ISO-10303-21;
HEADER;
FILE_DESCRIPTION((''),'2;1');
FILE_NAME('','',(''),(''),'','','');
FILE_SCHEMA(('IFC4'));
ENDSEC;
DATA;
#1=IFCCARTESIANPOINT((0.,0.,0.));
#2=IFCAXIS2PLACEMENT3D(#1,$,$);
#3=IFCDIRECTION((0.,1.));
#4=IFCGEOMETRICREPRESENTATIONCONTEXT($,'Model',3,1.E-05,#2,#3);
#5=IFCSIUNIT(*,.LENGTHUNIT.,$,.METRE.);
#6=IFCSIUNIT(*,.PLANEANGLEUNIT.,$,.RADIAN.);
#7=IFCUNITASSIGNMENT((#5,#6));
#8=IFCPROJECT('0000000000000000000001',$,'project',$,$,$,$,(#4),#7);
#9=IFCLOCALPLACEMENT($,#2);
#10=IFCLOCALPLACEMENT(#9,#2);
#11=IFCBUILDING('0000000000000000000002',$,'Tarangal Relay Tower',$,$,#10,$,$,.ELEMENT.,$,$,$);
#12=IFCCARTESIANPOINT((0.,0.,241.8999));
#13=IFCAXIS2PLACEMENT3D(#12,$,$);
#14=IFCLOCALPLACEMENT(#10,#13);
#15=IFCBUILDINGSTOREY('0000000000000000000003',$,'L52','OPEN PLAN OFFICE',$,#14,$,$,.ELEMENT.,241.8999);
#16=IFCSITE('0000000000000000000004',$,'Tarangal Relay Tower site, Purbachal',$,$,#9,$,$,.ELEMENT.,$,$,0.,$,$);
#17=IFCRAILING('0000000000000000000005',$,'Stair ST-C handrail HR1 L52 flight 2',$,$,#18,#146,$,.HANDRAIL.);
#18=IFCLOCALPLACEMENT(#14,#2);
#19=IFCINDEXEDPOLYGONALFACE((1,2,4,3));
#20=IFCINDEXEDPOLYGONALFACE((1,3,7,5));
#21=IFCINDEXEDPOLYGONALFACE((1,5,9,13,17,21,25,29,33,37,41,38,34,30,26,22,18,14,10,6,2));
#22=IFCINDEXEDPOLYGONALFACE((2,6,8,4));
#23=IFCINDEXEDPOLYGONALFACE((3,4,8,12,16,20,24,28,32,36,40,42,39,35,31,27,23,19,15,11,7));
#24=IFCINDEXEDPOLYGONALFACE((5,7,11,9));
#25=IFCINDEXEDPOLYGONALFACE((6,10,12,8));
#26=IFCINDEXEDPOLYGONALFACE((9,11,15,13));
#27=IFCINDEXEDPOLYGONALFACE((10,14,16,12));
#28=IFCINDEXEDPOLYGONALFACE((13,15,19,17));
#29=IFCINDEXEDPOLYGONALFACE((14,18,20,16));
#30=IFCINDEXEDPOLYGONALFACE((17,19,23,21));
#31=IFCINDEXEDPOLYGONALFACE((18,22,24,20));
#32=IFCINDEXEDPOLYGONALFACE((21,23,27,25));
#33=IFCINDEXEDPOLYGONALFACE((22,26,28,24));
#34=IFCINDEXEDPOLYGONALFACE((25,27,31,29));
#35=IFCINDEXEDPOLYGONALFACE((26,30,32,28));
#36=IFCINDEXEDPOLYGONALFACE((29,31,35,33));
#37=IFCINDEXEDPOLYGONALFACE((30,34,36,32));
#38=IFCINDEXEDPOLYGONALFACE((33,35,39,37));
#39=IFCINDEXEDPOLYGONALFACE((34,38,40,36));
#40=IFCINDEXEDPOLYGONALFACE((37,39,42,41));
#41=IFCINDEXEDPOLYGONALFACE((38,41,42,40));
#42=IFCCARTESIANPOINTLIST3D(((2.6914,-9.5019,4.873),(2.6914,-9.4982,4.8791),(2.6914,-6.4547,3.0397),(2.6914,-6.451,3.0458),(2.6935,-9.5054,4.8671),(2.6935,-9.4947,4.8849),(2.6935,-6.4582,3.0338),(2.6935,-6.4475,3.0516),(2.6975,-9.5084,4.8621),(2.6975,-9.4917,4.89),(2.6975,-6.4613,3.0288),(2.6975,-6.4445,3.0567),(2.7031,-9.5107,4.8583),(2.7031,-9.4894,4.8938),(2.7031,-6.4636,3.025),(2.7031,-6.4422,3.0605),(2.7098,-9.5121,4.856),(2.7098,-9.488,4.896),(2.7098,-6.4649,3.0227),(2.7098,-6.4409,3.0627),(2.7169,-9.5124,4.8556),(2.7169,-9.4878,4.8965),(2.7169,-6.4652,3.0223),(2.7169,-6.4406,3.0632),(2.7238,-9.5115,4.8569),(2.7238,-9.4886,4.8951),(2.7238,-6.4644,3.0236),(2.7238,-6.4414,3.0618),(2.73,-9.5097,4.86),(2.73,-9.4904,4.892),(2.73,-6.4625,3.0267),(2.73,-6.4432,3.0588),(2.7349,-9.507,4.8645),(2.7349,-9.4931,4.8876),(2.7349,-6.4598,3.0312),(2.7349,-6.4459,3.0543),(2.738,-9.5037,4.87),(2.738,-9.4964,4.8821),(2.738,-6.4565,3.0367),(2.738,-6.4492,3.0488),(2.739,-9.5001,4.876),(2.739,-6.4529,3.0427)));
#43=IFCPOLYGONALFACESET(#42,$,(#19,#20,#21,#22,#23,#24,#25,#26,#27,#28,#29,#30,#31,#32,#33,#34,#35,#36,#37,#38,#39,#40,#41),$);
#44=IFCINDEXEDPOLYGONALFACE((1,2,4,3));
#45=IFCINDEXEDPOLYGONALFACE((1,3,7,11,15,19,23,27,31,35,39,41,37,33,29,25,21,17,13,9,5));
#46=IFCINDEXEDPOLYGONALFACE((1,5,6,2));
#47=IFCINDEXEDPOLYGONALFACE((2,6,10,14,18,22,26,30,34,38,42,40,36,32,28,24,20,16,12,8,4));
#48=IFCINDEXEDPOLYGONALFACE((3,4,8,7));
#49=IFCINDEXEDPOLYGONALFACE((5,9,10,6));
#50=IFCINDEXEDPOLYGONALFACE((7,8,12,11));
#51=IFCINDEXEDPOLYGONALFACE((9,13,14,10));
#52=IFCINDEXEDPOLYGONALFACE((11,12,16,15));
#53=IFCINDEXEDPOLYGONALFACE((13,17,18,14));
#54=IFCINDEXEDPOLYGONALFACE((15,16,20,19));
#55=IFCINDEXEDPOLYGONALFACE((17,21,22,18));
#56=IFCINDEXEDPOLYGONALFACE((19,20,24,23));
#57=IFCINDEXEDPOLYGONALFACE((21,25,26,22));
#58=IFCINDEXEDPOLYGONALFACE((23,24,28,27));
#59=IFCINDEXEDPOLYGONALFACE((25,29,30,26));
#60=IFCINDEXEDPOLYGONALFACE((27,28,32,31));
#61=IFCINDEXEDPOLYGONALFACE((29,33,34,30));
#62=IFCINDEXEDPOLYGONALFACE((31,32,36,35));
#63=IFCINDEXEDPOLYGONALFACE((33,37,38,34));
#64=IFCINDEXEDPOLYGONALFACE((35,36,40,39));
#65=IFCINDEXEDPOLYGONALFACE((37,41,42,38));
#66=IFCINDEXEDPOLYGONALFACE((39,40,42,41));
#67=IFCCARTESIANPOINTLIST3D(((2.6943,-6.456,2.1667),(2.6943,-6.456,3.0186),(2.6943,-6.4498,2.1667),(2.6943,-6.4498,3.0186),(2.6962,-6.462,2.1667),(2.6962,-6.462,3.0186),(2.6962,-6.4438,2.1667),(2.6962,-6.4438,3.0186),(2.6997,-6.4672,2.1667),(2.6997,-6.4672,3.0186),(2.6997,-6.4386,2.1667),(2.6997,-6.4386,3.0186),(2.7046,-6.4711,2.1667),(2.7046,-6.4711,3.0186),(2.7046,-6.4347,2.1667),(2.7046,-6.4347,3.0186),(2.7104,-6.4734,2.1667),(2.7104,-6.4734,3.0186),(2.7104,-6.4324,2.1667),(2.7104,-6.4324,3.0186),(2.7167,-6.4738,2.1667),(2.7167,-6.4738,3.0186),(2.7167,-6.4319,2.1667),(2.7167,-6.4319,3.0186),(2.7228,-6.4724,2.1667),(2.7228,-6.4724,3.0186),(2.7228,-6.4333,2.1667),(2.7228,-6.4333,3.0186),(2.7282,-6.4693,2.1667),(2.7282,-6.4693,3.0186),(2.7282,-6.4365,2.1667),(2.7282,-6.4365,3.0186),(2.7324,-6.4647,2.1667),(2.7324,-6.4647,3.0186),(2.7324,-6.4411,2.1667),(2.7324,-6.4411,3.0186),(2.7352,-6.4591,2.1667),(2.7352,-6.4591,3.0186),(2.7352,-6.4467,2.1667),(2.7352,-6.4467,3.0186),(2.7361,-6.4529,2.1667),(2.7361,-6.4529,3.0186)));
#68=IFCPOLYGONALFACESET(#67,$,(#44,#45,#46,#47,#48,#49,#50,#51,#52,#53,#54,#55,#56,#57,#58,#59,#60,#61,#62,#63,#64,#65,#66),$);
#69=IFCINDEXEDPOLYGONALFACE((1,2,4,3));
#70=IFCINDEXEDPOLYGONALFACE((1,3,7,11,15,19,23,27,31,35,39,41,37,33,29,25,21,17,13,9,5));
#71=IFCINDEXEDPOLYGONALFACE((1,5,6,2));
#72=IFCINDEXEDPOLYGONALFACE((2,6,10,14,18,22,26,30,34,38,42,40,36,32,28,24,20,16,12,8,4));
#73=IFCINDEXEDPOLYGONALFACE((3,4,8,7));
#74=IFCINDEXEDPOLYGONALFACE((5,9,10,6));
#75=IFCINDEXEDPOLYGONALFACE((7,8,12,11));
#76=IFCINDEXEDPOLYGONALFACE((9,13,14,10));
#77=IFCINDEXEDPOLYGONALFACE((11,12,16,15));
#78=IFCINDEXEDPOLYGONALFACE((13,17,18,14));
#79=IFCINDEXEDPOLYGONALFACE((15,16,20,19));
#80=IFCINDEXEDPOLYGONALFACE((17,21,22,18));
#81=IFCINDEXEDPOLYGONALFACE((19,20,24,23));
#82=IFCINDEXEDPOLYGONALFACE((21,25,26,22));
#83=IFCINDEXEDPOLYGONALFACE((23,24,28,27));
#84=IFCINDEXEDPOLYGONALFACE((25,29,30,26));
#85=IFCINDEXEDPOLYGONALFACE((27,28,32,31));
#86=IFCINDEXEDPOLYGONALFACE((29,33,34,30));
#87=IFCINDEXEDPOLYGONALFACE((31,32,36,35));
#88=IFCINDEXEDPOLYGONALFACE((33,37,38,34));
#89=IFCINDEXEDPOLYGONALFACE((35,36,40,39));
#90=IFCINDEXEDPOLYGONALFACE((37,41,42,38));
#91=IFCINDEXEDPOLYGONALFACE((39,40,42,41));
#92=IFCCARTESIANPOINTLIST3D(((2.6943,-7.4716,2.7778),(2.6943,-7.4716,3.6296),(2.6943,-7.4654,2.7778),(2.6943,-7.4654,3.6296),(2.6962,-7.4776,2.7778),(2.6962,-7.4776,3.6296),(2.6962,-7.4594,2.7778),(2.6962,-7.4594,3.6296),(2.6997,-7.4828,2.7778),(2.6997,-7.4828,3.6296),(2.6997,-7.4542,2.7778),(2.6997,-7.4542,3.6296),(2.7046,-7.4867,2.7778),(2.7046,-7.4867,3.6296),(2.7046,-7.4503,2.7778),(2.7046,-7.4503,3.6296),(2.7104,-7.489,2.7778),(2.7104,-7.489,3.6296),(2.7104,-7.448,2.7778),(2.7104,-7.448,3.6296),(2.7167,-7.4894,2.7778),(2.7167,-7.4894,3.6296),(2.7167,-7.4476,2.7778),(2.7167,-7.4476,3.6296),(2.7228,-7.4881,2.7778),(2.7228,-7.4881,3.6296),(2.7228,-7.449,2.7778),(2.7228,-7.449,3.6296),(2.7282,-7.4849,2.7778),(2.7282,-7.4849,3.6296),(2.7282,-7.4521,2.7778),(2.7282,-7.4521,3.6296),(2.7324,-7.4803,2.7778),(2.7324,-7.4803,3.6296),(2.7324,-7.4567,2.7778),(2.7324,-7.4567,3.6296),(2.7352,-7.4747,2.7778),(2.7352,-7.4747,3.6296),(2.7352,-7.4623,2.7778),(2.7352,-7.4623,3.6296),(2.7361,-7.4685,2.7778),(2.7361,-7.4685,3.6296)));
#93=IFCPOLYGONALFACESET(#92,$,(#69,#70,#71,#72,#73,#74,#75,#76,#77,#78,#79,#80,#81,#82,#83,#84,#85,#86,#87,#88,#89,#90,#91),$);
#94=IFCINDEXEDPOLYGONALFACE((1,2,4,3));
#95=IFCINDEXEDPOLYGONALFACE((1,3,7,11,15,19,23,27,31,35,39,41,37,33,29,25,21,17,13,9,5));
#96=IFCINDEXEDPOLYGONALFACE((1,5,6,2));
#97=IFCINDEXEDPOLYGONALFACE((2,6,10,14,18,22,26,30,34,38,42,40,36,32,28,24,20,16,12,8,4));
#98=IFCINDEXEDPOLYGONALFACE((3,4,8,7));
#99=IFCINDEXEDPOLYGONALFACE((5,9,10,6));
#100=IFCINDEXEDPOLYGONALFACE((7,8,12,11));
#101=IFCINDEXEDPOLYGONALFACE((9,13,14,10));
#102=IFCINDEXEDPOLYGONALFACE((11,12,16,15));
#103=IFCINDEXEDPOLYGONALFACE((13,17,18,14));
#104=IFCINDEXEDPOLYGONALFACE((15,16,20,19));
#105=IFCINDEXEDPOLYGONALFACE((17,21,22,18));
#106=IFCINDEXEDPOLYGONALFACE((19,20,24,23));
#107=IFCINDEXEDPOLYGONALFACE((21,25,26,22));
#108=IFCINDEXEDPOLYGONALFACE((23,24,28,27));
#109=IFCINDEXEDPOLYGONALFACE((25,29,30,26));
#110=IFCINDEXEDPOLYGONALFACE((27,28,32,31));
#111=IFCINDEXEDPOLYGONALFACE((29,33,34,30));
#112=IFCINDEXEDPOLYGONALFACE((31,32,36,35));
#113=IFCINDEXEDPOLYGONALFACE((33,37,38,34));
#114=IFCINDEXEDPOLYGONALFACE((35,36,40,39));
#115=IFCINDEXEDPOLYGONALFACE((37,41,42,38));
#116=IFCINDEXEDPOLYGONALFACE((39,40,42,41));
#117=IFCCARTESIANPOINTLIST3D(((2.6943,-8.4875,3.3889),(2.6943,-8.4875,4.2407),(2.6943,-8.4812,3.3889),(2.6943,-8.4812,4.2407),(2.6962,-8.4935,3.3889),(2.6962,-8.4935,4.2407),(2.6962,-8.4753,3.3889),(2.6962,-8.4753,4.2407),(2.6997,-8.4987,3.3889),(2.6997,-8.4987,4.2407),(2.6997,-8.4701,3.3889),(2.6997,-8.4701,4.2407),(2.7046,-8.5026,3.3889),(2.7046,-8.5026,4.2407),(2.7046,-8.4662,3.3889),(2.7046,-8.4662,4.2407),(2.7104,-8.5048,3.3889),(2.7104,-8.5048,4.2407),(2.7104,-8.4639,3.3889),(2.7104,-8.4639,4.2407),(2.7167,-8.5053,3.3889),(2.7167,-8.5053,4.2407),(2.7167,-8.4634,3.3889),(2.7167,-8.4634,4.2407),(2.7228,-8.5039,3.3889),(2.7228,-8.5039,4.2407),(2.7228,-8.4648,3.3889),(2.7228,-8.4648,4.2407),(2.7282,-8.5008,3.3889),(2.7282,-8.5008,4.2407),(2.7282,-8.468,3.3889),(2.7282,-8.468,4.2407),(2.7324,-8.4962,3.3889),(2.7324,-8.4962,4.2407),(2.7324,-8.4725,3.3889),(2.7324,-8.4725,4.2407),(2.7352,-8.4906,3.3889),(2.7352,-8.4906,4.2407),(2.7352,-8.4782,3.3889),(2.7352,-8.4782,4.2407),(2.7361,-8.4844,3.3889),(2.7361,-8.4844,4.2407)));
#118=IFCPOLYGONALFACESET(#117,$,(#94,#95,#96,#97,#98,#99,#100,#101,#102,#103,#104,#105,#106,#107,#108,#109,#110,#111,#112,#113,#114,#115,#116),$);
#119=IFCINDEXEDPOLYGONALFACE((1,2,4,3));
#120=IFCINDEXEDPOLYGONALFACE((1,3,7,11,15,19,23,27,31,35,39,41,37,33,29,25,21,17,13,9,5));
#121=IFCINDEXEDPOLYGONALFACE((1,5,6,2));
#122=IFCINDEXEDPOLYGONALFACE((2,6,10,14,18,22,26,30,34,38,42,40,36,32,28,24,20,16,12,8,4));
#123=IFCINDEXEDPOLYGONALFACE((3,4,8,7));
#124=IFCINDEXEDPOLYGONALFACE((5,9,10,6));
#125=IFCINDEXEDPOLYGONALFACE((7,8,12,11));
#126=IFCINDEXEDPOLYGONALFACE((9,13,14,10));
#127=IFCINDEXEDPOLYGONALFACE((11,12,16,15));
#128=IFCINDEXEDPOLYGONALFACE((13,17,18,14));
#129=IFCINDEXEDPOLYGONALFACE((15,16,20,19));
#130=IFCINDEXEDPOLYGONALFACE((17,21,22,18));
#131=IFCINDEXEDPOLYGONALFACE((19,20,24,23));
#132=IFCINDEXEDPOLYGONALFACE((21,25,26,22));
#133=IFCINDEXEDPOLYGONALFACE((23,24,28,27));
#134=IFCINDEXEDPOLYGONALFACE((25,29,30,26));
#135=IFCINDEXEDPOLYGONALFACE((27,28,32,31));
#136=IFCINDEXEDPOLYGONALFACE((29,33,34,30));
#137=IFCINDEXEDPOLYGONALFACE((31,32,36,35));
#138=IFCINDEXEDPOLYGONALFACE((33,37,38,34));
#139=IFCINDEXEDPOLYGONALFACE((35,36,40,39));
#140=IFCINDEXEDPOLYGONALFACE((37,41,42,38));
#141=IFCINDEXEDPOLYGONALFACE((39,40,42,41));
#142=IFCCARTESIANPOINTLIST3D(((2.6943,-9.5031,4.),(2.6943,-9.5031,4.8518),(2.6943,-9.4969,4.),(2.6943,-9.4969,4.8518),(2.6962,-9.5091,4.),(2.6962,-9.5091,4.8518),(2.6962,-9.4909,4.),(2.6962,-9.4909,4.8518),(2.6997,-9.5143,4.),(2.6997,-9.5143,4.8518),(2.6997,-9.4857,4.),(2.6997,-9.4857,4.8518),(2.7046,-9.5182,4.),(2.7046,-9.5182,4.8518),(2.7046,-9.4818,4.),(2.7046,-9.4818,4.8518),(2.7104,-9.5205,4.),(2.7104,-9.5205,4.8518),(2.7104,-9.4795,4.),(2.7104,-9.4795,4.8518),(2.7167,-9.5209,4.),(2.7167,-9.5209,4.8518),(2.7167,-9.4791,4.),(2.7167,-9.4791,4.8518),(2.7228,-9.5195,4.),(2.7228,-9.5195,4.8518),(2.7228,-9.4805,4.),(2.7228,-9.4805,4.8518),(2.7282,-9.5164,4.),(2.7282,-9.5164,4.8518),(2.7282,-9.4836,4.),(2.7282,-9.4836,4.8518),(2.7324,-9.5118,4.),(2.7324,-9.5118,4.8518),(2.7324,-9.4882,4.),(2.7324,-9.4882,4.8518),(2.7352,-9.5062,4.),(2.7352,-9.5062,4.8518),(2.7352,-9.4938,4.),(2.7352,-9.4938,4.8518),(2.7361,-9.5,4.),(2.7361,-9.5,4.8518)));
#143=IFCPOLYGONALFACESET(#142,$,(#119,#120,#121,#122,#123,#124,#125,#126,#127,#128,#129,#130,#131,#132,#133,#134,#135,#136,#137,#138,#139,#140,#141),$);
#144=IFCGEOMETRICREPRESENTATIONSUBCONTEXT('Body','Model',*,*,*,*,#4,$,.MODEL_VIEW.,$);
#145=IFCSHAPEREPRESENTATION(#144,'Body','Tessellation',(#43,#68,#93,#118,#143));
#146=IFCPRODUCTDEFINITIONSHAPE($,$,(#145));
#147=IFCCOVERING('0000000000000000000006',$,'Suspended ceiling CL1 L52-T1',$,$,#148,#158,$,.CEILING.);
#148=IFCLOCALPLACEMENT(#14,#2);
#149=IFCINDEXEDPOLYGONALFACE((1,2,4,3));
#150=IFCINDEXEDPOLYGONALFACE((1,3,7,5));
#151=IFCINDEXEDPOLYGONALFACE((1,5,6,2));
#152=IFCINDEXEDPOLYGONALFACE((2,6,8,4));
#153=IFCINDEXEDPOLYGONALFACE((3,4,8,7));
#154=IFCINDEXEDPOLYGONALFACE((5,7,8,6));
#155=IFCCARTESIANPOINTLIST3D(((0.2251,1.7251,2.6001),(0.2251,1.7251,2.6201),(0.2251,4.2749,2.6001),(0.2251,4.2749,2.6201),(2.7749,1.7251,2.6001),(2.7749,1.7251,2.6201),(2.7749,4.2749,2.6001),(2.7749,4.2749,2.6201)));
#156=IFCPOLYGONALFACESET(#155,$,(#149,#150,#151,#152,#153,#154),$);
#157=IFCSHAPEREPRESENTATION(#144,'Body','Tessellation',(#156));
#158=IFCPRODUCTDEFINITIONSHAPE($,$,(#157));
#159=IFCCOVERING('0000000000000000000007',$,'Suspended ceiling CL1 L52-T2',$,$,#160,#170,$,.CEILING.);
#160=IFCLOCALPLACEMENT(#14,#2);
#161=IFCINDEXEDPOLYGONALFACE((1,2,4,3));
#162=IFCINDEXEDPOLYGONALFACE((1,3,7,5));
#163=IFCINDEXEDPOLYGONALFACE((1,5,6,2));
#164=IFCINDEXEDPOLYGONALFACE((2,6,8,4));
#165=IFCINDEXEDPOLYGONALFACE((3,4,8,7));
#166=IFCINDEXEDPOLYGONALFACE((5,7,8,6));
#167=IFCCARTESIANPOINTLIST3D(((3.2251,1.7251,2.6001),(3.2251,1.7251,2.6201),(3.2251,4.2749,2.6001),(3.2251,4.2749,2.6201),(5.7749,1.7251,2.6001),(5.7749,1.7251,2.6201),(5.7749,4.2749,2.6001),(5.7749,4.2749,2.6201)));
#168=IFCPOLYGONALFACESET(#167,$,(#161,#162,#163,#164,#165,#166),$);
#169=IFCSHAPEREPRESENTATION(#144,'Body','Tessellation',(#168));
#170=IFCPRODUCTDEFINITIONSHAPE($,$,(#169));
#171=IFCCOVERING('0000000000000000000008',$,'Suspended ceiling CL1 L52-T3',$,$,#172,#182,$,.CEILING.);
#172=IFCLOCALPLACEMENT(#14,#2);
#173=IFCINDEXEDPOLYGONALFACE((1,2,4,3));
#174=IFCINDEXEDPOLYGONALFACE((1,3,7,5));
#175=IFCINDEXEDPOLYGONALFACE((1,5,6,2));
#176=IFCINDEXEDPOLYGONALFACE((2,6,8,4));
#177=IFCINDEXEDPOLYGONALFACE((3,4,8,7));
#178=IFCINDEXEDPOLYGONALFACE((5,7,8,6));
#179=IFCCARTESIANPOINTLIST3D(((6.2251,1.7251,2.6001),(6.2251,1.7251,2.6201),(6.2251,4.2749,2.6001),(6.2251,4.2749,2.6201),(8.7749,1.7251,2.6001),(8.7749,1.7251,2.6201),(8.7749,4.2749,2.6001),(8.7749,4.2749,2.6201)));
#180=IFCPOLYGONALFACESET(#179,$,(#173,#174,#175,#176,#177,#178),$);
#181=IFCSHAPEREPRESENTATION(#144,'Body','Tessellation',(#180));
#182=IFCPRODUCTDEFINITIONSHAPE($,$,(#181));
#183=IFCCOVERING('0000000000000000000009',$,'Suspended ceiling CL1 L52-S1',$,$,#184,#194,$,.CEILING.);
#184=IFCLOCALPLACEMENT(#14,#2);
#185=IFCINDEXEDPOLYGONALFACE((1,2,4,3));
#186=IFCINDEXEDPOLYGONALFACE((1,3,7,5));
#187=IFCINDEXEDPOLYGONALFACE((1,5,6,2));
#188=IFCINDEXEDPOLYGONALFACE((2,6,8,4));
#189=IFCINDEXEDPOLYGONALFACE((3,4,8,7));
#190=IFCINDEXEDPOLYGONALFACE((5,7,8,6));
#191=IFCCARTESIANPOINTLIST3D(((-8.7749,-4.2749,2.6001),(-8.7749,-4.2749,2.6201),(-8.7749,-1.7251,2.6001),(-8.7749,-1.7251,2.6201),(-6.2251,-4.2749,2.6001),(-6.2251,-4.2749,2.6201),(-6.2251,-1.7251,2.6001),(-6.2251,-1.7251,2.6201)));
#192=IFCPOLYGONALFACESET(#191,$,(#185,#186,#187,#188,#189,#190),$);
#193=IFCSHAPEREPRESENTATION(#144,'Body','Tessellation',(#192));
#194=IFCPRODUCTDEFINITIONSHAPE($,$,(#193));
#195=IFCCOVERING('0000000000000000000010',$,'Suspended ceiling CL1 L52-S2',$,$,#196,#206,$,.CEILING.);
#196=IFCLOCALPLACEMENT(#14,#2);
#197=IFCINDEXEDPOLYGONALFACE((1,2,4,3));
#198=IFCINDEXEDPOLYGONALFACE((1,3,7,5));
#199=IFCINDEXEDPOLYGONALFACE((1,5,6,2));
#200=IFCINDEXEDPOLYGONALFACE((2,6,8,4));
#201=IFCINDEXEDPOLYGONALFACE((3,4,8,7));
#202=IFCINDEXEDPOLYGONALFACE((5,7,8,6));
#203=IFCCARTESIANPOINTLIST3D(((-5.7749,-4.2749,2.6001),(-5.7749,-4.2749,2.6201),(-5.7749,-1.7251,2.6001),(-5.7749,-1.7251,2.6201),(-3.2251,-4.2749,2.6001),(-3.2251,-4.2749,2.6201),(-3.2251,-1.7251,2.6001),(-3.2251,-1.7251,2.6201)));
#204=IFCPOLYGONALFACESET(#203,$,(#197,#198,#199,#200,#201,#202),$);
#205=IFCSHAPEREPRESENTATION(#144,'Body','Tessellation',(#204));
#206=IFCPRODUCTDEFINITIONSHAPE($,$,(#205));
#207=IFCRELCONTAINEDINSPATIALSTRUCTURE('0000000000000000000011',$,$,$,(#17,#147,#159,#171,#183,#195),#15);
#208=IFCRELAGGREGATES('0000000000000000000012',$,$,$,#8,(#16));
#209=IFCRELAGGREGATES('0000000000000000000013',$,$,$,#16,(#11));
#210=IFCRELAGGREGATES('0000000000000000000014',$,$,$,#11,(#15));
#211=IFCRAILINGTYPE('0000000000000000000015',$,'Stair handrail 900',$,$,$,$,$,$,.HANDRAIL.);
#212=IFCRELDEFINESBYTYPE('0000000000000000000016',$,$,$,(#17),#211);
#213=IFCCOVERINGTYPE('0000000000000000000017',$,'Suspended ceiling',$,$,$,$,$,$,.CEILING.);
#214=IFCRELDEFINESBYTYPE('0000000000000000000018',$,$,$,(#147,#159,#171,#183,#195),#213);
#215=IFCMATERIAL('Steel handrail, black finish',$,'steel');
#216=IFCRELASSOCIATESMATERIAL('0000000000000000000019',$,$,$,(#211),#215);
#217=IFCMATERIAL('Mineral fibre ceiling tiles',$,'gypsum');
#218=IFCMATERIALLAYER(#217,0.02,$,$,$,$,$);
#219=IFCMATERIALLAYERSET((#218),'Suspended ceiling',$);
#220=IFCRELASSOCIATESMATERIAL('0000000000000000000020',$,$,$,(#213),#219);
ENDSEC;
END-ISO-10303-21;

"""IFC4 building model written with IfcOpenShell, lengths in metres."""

from ifc_helpers import new_model, si_unit, direction, frame, origin, origin_2d, place, context, subcontext, project, spatial, polyline, circle, outline, extrude, material, layer, layer_set, type_object, element, save


model = new_model("IFC4")

# Units and contexts
model_context = context("Model", 3, precision=1e-05, world=origin(), true_north=direction((0.0, 1.0)))
body_context = subcontext(model_context, "Body", "Model", "MODEL_VIEW")
ifc_project = project(units=[si_unit("LENGTHUNIT", "METRE"), si_unit("PLANEANGLEUNIT", "RADIAN")], contexts=[model_context])

# Site, building, storey
site_placement = place(None, origin())
site = spatial("IfcSite", under=ifc_project, at=site_placement, Name="Tarangal Relay Tower site, Purbachal", CompositionType="ELEMENT", RefElevation=0.0)
building_placement = place(site_placement, origin())
building = spatial("IfcBuilding", under=site, at=building_placement, Name="Tarangal Relay Tower", CompositionType="ELEMENT")
storey_placement = place(building_placement, frame((0.0, 0.0, 241.8999)))
storey = spatial("IfcBuildingStorey", under=building, at=storey_placement, Name="L52", Description="OPEN PLAN OFFICE", CompositionType="ELEMENT", Elevation=241.8999)

# Railing
ifc_material_1 = material(Name="Steel handrail, black finish", Category="steel")
railing_type_1 = type_object("IfcRailingType", Name="Stair handrail 900", PredefinedType="HANDRAIL", material=ifc_material_1)
railing_1_placement = place(storey_placement, frame((2.7151, -6.4529, 2.1667)))
element("IfcRailing", 1, at=railing_1_placement, inside=storey, type_object=railing_type_1, Name="Stair ST-C handrail HR1 L52 flight 2", PredefinedType="HANDRAIL", context=body_context, shape_type="SweptSolid", body=[
    extrude(circle(Radius=0.0239, at=origin_2d()), frame((0.0, 0.0, 0.876), z_axis=(0.0, -0.856874, 0.515525), x_axis=(1.0, 0.0, 0.0)), (0.0, 0.0, 1.0), 3.5562),
    extrude(circle(Radius=0.021, at=origin_2d()), origin(), (0.0, 0.0, 1.0), 0.8518),
    extrude(circle(Radius=0.021, at=origin_2d()), frame((0.0, -1.0156, 0.6111)), (0.0, 0.0, 1.0), 0.8518),
    extrude(circle(Radius=0.021, at=origin_2d()), frame((0.0, -2.0315, 1.2222)), (0.0, 0.0, 1.0), 0.8518),
    extrude(circle(Radius=0.021, at=origin_2d()), frame((0.0, -3.0471, 1.8333)), (0.0, 0.0, 1.0), 0.8518),
])

# Coverings
ifc_material_2 = material(Name="Mineral fibre ceiling tiles", Category="gypsum")
ifc_layer_1 = layer(ifc_material_2, 0.02)
ifc_layer_set_1 = layer_set([ifc_layer_1], Name="Suspended ceiling")
covering_type_1 = type_object("IfcCoveringType", Name="Suspended ceiling", PredefinedType="CEILING", material=ifc_layer_set_1)
covering_1_placement = place(storey_placement, frame((0.0, 0.0, 2.6001)))
element("IfcCovering", 2, at=covering_1_placement, inside=storey, type_object=covering_type_1, Name="Suspended ceiling CL1 L52-T1", PredefinedType="CEILING", context=body_context, shape_type="SweptSolid", body=[
    extrude(outline(polyline([(0.2251, 1.7251), (2.7749, 1.7251), (2.7749, 4.2749), (0.2251, 4.2749), (0.2251, 1.7251)])), origin(), (0.0, 0.0, 1.0), 0.02),
])
covering_2_placement = place(storey_placement, frame((0.0, 0.0, 2.6001)))
element("IfcCovering", 3, at=covering_2_placement, inside=storey, type_object=covering_type_1, Name="Suspended ceiling CL1 L52-T2", PredefinedType="CEILING", context=body_context, shape_type="SweptSolid", body=[
    extrude(outline(polyline([(3.2251, 1.7251), (5.7749, 1.7251), (5.7749, 4.2749), (3.2251, 4.2749), (3.2251, 1.7251)])), origin(), (0.0, 0.0, 1.0), 0.02),
])
covering_3_placement = place(storey_placement, frame((0.0, 0.0, 2.6001)))
element("IfcCovering", 4, at=covering_3_placement, inside=storey, type_object=covering_type_1, Name="Suspended ceiling CL1 L52-T3", PredefinedType="CEILING", context=body_context, shape_type="SweptSolid", body=[
    extrude(outline(polyline([(6.2251, 1.7251), (8.7749, 1.7251), (8.7749, 4.2749), (6.2251, 4.2749), (6.2251, 1.7251)])), origin(), (0.0, 0.0, 1.0), 0.02),
])
covering_4_placement = place(storey_placement, frame((0.0, 0.0, 2.6001)))
element("IfcCovering", 5, at=covering_4_placement, inside=storey, type_object=covering_type_1, Name="Suspended ceiling CL1 L52-S1", PredefinedType="CEILING", context=body_context, shape_type="SweptSolid", body=[
    extrude(outline(polyline([(-8.7749, -4.2749), (-6.2251, -4.2749), (-6.2251, -1.7251), (-8.7749, -1.7251), (-8.7749, -4.2749)])), origin(), (0.0, 0.0, 1.0), 0.02),
])
covering_5_placement = place(storey_placement, frame((0.0, 0.0, 2.6001)))
element("IfcCovering", 6, at=covering_5_placement, inside=storey, type_object=covering_type_1, Name="Suspended ceiling CL1 L52-S2", PredefinedType="CEILING", context=body_context, shape_type="SweptSolid", body=[
    extrude(outline(polyline([(-5.7749, -4.2749), (-3.2251, -4.2749), (-3.2251, -1.7251), (-5.7749, -1.7251), (-5.7749, -4.2749)])), origin(), (0.0, 0.0, 1.0), 0.02),
])

save(model, "model.ifc")
